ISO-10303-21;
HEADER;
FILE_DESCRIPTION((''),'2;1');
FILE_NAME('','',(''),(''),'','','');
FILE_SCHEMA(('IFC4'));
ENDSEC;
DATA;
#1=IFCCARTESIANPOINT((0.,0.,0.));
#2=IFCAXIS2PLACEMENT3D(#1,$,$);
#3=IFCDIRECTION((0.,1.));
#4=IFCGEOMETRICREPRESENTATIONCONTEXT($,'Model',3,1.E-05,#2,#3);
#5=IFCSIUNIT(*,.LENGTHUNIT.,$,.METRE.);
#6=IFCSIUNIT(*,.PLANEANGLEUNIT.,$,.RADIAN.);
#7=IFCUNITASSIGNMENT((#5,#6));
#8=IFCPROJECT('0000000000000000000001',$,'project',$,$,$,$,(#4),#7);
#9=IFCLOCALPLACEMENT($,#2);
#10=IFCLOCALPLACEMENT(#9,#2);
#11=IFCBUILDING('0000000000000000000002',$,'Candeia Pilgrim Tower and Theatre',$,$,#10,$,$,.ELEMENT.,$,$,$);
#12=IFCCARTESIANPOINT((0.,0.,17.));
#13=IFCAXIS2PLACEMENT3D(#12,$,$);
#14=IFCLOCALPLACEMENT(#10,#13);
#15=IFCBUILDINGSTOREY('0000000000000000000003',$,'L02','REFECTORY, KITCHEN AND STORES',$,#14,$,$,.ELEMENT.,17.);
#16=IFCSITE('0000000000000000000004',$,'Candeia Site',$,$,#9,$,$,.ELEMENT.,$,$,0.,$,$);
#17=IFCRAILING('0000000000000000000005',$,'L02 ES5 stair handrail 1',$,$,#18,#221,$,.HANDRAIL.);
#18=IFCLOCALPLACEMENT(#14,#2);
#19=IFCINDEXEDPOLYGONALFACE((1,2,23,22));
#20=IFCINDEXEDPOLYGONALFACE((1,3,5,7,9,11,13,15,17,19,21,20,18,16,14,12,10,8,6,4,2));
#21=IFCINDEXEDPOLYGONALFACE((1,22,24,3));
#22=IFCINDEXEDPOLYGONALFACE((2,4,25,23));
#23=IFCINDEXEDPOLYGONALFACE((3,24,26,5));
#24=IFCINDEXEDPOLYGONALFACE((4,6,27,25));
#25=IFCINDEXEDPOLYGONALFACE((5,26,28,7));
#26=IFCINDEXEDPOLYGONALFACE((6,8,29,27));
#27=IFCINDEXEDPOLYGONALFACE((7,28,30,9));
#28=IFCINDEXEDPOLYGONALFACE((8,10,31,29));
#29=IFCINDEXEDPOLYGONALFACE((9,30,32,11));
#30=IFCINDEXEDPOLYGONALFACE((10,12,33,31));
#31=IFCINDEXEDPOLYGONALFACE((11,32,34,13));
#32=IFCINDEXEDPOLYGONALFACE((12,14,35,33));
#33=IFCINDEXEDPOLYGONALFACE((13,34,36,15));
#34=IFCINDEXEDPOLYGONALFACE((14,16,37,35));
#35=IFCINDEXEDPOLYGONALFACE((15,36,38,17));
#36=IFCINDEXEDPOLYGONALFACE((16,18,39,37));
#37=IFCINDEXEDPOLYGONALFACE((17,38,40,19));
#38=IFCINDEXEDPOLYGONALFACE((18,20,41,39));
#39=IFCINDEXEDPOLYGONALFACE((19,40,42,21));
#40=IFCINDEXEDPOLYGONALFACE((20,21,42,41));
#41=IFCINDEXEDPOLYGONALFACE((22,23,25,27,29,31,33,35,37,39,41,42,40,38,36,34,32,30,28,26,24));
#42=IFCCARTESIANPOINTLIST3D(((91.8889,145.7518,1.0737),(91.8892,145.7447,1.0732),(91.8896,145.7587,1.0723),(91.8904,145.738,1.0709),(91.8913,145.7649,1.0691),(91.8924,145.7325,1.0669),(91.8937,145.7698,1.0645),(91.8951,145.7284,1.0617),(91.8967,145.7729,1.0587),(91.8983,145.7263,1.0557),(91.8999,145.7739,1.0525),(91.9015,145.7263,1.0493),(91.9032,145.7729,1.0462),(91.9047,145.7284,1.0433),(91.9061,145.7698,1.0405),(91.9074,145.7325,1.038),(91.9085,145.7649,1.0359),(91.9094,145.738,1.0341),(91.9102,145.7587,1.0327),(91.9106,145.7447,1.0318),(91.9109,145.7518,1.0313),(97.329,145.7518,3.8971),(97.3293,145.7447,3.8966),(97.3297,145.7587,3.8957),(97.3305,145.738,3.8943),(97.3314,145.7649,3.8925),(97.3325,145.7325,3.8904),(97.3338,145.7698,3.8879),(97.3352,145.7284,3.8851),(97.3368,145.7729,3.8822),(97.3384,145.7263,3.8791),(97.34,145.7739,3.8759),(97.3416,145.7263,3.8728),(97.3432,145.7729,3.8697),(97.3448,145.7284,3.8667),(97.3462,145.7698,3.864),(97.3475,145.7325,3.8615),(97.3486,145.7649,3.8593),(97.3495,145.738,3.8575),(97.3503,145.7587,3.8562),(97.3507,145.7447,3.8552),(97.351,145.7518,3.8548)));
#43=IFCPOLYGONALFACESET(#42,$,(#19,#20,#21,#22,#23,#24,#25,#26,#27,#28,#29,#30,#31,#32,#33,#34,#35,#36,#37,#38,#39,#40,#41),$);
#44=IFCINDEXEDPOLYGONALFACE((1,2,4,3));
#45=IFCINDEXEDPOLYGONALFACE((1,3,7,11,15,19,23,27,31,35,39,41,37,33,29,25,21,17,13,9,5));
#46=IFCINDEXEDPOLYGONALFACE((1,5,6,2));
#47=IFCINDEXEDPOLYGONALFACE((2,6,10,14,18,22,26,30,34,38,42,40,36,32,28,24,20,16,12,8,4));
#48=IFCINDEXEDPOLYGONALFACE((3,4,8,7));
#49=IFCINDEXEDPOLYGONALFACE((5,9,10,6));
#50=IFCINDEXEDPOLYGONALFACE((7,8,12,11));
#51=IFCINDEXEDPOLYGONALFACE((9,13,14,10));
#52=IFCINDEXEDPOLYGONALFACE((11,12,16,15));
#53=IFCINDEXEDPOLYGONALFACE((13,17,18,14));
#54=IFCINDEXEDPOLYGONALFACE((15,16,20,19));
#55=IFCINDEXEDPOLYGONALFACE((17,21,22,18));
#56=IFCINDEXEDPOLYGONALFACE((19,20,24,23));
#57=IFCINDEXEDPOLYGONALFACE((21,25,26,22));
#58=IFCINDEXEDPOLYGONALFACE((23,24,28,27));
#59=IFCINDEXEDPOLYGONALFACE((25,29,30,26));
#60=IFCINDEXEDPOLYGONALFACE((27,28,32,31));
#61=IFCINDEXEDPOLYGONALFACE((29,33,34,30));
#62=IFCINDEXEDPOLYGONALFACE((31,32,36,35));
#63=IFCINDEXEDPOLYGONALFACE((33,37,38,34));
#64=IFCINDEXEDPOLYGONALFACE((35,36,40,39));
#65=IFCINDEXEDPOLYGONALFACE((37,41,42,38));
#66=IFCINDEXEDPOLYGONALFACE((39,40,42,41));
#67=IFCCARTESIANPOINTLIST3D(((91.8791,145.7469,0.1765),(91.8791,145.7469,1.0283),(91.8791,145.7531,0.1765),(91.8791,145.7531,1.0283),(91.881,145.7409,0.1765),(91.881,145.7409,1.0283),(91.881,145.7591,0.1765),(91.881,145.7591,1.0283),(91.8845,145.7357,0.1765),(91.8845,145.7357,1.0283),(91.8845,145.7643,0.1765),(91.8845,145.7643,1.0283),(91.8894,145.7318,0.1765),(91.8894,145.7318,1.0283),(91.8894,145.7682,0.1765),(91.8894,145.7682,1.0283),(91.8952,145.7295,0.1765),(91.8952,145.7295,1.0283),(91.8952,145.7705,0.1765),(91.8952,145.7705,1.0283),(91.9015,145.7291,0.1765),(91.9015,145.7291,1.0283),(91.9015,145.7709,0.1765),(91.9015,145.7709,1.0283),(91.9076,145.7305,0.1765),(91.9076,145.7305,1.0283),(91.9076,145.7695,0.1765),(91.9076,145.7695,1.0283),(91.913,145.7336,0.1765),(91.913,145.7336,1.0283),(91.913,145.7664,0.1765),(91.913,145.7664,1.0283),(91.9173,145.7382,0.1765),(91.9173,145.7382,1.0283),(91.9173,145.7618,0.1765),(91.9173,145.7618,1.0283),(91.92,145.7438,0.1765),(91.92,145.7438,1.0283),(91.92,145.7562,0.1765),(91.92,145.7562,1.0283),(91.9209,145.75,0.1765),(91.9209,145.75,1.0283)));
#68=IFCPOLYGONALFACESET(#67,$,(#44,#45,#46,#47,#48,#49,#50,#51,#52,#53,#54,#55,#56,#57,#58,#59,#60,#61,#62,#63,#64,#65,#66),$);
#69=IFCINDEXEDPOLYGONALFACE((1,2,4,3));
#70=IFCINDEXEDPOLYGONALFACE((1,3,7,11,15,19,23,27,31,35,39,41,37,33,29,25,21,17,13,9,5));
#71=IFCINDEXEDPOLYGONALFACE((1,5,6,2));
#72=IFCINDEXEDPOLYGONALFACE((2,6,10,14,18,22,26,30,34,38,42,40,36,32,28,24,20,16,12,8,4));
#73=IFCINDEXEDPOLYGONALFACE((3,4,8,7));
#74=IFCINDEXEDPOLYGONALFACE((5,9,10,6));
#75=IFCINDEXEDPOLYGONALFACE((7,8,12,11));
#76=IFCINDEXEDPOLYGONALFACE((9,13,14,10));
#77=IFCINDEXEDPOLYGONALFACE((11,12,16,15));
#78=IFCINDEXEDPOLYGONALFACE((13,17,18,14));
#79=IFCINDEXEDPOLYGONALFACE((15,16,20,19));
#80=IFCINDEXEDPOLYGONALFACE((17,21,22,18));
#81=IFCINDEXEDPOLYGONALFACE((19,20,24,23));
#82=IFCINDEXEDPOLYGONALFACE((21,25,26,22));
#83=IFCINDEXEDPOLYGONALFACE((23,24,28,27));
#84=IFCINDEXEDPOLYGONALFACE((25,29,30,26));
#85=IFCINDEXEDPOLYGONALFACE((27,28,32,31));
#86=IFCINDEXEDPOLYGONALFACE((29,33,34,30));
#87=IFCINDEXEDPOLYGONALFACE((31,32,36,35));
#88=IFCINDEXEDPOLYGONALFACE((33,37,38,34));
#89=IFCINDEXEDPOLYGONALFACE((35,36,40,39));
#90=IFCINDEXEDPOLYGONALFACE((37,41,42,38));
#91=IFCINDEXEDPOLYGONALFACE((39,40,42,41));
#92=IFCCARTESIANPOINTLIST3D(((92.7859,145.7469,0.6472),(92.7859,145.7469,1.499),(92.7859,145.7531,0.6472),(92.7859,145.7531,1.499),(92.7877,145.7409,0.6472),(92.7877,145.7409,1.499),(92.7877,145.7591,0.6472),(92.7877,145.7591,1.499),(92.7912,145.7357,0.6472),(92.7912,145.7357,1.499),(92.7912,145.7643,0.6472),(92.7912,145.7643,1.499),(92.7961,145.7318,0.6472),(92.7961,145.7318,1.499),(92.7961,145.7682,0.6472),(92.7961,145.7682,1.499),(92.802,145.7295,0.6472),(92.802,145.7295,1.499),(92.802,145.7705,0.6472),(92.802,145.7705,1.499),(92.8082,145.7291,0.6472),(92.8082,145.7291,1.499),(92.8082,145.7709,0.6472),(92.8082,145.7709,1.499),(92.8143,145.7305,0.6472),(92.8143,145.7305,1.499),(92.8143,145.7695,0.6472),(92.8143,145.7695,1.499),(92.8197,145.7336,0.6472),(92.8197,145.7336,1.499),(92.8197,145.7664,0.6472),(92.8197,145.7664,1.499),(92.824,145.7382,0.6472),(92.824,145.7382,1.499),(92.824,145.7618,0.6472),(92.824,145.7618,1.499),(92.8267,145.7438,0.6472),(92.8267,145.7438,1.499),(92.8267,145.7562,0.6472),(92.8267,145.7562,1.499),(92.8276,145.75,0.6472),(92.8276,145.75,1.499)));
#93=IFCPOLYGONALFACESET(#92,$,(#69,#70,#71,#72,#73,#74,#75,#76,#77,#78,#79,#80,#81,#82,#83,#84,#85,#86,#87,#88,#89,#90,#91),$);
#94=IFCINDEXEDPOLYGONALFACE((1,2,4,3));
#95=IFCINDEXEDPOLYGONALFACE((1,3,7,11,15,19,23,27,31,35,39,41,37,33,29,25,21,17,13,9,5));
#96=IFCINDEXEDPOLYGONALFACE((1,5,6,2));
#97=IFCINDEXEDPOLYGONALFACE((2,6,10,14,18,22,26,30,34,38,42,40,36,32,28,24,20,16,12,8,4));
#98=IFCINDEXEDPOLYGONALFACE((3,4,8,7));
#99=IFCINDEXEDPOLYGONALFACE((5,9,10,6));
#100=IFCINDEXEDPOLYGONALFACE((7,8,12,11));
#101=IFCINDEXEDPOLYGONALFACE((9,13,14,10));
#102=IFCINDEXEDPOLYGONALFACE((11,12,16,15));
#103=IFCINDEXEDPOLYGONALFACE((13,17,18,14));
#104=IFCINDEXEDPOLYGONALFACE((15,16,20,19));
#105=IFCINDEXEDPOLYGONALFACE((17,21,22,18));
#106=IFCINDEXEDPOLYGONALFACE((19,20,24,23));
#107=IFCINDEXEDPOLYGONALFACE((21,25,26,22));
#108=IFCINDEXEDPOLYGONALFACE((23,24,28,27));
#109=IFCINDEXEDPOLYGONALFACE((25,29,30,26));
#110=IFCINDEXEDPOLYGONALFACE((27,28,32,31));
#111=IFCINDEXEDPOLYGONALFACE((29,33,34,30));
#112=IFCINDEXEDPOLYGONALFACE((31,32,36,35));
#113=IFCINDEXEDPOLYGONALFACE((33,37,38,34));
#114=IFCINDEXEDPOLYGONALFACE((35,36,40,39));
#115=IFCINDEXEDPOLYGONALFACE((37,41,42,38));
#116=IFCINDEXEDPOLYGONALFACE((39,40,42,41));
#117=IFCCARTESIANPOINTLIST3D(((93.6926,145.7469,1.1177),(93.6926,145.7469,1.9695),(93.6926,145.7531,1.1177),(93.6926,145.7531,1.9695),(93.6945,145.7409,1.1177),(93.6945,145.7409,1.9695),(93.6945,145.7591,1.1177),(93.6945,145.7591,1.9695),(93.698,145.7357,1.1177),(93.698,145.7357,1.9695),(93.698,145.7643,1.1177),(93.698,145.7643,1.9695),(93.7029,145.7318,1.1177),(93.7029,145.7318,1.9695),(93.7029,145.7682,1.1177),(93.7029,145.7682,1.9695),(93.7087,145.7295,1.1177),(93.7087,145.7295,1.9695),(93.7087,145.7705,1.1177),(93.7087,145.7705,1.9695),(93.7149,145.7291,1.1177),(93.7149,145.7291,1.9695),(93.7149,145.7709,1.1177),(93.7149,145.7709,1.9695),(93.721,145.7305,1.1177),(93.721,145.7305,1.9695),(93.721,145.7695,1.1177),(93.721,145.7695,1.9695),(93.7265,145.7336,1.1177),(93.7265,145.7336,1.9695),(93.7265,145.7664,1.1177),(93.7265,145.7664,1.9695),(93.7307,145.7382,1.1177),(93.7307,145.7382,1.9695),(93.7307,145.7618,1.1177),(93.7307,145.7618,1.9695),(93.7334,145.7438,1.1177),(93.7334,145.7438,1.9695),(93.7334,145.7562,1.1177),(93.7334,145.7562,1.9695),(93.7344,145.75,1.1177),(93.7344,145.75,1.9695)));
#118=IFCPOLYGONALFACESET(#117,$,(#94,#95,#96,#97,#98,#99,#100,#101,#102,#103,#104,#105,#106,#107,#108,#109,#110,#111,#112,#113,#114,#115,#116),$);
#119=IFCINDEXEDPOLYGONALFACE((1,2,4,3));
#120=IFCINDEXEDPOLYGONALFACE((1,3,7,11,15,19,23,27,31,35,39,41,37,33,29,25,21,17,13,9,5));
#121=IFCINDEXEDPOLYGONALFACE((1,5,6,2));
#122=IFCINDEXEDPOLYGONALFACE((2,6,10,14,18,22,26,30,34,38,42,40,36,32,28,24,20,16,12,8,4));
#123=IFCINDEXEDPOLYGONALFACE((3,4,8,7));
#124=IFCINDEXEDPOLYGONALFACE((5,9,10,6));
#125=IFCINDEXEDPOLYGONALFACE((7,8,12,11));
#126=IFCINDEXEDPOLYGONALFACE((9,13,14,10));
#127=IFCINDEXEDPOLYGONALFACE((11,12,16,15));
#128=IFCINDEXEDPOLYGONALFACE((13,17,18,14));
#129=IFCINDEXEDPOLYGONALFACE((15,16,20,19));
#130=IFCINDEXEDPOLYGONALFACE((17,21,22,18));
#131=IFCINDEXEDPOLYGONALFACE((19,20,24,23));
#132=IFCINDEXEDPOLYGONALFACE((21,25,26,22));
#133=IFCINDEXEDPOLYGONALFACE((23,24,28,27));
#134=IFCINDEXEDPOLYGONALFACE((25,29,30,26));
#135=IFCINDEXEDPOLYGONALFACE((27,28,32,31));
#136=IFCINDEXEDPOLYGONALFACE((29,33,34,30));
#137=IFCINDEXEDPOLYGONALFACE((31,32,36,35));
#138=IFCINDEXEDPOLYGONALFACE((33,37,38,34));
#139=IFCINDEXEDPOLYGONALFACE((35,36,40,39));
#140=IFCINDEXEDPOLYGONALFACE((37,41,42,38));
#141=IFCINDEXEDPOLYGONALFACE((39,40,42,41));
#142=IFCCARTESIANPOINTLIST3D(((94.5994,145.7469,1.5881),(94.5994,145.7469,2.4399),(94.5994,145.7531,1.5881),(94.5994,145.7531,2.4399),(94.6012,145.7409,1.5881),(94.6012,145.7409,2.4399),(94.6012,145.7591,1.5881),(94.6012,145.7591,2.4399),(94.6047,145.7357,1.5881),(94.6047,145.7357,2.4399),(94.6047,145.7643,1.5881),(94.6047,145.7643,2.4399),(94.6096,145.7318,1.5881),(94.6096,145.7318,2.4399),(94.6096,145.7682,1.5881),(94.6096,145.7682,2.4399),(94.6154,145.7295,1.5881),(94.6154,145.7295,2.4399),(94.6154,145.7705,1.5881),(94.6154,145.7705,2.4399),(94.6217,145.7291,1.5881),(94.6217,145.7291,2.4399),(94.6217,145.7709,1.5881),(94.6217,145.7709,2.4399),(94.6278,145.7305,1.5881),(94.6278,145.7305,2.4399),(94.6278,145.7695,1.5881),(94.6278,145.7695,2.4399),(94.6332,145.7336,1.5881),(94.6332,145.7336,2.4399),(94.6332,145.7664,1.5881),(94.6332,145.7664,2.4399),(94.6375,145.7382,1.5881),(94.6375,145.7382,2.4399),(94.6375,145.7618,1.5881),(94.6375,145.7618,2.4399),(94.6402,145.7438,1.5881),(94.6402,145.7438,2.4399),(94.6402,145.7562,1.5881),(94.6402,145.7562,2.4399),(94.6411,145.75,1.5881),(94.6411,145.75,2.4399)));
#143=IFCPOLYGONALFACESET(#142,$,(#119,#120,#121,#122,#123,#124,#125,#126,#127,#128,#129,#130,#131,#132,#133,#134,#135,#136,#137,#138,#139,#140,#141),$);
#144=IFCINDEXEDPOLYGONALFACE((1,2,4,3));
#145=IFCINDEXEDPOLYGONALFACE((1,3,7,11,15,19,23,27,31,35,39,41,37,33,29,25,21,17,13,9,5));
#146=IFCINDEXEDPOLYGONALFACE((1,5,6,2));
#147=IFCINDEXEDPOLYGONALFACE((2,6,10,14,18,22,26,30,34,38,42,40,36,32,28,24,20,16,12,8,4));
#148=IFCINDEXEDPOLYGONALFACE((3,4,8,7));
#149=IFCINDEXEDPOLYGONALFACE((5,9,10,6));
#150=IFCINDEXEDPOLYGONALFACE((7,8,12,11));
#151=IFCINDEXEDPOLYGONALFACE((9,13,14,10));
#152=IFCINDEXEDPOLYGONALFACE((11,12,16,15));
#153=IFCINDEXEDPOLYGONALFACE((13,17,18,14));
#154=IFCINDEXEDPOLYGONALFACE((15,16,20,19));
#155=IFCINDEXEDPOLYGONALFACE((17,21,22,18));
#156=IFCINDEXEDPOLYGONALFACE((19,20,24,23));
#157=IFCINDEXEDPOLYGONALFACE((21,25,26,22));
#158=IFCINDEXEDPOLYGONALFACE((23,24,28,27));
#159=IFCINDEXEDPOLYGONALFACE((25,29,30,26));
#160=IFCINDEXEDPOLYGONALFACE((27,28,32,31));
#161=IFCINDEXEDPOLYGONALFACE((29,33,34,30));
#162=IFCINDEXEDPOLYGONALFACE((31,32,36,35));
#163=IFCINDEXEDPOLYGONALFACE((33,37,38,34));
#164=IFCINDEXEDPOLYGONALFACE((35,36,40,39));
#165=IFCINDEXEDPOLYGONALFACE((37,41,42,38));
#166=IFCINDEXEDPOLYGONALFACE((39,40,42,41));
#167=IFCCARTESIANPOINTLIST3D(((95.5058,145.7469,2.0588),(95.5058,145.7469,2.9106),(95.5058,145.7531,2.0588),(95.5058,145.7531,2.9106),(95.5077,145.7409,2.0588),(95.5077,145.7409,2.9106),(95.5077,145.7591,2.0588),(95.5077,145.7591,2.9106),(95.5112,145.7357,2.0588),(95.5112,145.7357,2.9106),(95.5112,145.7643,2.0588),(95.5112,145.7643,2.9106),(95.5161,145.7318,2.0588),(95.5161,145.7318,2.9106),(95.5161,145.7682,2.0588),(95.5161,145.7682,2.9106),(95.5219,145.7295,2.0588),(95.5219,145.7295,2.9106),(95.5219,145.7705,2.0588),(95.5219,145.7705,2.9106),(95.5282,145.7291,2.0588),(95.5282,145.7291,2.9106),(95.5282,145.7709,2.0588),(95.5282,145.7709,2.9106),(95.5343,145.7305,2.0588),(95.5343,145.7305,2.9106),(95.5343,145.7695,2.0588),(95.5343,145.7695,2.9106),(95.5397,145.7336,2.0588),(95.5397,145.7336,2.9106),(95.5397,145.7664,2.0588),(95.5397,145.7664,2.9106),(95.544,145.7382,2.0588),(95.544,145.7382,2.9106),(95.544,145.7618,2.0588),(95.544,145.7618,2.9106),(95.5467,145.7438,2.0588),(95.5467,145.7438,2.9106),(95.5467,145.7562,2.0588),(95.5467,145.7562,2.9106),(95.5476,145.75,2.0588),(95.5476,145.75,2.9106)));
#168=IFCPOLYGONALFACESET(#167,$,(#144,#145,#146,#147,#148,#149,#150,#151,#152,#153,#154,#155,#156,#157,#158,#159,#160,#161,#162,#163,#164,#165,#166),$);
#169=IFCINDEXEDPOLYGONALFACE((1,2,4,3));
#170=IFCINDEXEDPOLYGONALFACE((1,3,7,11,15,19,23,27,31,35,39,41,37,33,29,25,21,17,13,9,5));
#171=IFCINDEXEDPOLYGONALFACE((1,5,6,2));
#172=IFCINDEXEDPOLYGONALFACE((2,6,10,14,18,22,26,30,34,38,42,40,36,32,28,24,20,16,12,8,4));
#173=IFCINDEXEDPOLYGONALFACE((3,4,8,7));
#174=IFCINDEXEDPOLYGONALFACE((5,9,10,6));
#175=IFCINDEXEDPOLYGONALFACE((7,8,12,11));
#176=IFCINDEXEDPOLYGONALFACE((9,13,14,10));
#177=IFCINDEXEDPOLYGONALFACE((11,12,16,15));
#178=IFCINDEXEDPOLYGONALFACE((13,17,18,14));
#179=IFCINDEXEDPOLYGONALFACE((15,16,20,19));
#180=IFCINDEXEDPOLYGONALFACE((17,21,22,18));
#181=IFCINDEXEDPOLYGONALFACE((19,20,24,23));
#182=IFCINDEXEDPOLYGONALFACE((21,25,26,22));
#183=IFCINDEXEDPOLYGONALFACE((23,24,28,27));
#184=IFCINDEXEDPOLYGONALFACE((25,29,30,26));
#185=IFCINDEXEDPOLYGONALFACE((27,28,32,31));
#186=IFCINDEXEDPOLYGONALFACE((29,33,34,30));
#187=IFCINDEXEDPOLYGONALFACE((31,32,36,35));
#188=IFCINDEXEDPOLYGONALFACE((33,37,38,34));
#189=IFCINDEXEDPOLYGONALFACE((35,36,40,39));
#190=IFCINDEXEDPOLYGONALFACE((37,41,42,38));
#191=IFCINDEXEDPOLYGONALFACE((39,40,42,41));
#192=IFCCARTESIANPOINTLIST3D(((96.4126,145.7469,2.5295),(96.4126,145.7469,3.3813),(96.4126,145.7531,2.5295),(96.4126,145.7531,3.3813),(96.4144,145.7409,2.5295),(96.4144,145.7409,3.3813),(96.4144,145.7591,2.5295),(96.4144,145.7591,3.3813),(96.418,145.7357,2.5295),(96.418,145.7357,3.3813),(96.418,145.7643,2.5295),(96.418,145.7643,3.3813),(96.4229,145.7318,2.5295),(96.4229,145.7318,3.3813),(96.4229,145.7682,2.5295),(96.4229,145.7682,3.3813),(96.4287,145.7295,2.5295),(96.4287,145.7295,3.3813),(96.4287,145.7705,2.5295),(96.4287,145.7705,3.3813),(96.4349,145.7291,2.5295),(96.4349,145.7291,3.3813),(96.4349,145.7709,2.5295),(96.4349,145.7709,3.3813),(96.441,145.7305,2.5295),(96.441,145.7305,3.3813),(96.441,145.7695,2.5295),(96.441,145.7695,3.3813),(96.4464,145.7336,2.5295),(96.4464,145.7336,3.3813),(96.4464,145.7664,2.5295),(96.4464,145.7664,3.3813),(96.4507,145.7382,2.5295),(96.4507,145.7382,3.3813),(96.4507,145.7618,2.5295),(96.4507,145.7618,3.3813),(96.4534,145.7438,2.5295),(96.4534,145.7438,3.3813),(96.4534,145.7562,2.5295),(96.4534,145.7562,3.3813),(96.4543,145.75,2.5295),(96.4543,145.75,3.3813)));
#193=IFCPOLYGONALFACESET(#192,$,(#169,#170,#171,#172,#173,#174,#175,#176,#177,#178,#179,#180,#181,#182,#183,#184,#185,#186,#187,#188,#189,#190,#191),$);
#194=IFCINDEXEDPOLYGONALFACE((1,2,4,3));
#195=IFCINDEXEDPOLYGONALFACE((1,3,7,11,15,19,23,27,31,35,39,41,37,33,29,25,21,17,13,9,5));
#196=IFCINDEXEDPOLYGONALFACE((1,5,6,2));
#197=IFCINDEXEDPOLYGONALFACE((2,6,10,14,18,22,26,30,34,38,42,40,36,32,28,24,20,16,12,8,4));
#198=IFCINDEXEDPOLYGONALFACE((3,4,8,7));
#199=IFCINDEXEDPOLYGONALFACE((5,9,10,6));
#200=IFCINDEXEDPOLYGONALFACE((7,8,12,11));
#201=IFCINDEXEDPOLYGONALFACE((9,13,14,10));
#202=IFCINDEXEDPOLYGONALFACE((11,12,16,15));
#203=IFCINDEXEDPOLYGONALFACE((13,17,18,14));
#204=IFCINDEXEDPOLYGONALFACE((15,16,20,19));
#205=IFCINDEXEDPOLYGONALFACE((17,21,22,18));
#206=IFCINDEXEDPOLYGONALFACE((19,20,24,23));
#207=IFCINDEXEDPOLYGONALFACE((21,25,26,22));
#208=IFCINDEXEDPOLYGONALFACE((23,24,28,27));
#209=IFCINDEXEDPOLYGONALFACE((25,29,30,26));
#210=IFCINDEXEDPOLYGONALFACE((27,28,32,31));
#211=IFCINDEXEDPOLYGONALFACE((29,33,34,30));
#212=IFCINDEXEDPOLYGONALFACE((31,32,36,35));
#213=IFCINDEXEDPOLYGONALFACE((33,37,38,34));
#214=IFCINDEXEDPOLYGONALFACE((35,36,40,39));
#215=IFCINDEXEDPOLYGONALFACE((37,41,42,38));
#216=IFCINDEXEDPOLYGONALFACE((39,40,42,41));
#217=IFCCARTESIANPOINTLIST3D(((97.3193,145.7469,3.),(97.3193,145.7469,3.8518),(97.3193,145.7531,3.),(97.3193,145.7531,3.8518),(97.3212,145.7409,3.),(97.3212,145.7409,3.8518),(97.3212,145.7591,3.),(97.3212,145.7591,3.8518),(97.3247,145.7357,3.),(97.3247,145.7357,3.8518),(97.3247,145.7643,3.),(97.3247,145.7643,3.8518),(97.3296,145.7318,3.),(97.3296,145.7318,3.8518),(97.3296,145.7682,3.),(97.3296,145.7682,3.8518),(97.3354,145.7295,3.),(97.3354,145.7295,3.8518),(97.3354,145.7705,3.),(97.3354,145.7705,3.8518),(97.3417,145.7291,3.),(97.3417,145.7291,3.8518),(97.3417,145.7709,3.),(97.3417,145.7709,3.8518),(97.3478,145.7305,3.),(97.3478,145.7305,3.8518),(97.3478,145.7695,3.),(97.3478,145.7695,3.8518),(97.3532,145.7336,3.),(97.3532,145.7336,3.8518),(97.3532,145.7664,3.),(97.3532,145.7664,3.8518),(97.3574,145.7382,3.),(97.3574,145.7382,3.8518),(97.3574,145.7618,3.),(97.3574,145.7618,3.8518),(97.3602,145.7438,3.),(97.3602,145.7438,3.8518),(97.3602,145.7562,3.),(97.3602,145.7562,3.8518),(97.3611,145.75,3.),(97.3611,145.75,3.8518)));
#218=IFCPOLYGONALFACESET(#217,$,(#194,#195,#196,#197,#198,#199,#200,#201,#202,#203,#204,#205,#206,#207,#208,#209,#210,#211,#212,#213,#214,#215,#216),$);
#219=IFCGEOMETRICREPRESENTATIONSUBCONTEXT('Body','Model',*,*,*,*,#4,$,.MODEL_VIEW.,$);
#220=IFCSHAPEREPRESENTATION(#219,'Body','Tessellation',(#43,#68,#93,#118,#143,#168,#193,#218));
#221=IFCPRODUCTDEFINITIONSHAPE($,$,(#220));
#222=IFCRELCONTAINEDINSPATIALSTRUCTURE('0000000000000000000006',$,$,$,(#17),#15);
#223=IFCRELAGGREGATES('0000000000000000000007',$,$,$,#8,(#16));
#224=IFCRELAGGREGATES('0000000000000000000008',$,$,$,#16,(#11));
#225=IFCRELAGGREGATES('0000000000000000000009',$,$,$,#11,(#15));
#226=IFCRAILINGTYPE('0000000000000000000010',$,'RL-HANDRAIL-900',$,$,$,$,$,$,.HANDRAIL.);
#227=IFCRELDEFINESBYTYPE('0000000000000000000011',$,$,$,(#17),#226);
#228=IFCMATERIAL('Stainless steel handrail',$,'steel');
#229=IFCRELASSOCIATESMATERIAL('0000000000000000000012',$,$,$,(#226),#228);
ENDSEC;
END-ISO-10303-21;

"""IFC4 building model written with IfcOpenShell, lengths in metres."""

from ifc_helpers import new_model, si_unit, direction, frame, origin, origin_2d, place, context, subcontext, project, spatial, circle, extrude, material, type_object, element, save


model = new_model("IFC4")

# Units and contexts
model_context = context("Model", 3, precision=1e-05, world=origin(), true_north=direction((0.0, 1.0)))
body_context = subcontext(model_context, "Body", "Model", "MODEL_VIEW")
ifc_project = project(units=[si_unit("LENGTHUNIT", "METRE"), si_unit("PLANEANGLEUNIT", "RADIAN")], contexts=[model_context])

# Site, building, storey
site_placement = place(None, origin())
site = spatial("IfcSite", under=ifc_project, at=site_placement, Name="Candeia Site", CompositionType="ELEMENT", RefElevation=0.0)
building_placement = place(site_placement, origin())
building = spatial("IfcBuilding", under=site, at=building_placement, Name="Candeia Pilgrim Tower and Theatre", CompositionType="ELEMENT")
storey_placement = place(building_placement, frame((0.0, 0.0, 17.0)))
storey = spatial("IfcBuildingStorey", under=building, at=storey_placement, Name="L02", Description="REFECTORY, KITCHEN AND STORES", CompositionType="ELEMENT", Elevation=17.0)

# Railing
ifc_material_1 = material(Name="Stainless steel handrail", Category="steel")
railing_type_1 = type_object("IfcRailingType", Name="RL-HANDRAIL-900", PredefinedType="HANDRAIL", material=ifc_material_1)
railing_1_placement = place(storey_placement, frame((91.8999, 145.75, 0.1765)))
element("IfcRailing", 1, at=railing_1_placement, inside=storey, type_object=railing_type_1, Name="L02 ES5 stair handrail 1", PredefinedType="HANDRAIL", context=body_context, shape_type="SweptSolid", body=[
    extrude(circle(Radius=0.0239, at=origin_2d()), frame((0.0, 0.0, 0.876), z_axis=(0.887578, 0.0, 0.460658), x_axis=(0.0, 1.0, 0.0)), (0.0, 0.0, 1.0), 6.1292),
    extrude(circle(Radius=0.021, at=origin_2d()), origin(), (0.0, 0.0, 1.0), 0.8518),
    extrude(circle(Radius=0.021, at=origin_2d()), frame((0.9067, 0.0, 0.4707)), (0.0, 0.0, 1.0), 0.8518),
    extrude(circle(Radius=0.021, at=origin_2d()), frame((1.8135, 0.0, 0.9412)), (0.0, 0.0, 1.0), 0.8518),
    extrude(circle(Radius=0.021, at=origin_2d()), frame((2.7202, 0.0, 1.4116)), (0.0, 0.0, 1.0), 0.8518),
    extrude(circle(Radius=0.021, at=origin_2d()), frame((3.6267, 0.0, 1.8823)), (0.0, 0.0, 1.0), 0.8518),
    extrude(circle(Radius=0.021, at=origin_2d()), frame((4.5334, 0.0, 2.353)), (0.0, 0.0, 1.0), 0.8518),
    extrude(circle(Radius=0.021, at=origin_2d()), frame((5.4402, 0.0, 2.8235)), (0.0, 0.0, 1.0), 0.8518),
])

save(model, "model.ifc")
